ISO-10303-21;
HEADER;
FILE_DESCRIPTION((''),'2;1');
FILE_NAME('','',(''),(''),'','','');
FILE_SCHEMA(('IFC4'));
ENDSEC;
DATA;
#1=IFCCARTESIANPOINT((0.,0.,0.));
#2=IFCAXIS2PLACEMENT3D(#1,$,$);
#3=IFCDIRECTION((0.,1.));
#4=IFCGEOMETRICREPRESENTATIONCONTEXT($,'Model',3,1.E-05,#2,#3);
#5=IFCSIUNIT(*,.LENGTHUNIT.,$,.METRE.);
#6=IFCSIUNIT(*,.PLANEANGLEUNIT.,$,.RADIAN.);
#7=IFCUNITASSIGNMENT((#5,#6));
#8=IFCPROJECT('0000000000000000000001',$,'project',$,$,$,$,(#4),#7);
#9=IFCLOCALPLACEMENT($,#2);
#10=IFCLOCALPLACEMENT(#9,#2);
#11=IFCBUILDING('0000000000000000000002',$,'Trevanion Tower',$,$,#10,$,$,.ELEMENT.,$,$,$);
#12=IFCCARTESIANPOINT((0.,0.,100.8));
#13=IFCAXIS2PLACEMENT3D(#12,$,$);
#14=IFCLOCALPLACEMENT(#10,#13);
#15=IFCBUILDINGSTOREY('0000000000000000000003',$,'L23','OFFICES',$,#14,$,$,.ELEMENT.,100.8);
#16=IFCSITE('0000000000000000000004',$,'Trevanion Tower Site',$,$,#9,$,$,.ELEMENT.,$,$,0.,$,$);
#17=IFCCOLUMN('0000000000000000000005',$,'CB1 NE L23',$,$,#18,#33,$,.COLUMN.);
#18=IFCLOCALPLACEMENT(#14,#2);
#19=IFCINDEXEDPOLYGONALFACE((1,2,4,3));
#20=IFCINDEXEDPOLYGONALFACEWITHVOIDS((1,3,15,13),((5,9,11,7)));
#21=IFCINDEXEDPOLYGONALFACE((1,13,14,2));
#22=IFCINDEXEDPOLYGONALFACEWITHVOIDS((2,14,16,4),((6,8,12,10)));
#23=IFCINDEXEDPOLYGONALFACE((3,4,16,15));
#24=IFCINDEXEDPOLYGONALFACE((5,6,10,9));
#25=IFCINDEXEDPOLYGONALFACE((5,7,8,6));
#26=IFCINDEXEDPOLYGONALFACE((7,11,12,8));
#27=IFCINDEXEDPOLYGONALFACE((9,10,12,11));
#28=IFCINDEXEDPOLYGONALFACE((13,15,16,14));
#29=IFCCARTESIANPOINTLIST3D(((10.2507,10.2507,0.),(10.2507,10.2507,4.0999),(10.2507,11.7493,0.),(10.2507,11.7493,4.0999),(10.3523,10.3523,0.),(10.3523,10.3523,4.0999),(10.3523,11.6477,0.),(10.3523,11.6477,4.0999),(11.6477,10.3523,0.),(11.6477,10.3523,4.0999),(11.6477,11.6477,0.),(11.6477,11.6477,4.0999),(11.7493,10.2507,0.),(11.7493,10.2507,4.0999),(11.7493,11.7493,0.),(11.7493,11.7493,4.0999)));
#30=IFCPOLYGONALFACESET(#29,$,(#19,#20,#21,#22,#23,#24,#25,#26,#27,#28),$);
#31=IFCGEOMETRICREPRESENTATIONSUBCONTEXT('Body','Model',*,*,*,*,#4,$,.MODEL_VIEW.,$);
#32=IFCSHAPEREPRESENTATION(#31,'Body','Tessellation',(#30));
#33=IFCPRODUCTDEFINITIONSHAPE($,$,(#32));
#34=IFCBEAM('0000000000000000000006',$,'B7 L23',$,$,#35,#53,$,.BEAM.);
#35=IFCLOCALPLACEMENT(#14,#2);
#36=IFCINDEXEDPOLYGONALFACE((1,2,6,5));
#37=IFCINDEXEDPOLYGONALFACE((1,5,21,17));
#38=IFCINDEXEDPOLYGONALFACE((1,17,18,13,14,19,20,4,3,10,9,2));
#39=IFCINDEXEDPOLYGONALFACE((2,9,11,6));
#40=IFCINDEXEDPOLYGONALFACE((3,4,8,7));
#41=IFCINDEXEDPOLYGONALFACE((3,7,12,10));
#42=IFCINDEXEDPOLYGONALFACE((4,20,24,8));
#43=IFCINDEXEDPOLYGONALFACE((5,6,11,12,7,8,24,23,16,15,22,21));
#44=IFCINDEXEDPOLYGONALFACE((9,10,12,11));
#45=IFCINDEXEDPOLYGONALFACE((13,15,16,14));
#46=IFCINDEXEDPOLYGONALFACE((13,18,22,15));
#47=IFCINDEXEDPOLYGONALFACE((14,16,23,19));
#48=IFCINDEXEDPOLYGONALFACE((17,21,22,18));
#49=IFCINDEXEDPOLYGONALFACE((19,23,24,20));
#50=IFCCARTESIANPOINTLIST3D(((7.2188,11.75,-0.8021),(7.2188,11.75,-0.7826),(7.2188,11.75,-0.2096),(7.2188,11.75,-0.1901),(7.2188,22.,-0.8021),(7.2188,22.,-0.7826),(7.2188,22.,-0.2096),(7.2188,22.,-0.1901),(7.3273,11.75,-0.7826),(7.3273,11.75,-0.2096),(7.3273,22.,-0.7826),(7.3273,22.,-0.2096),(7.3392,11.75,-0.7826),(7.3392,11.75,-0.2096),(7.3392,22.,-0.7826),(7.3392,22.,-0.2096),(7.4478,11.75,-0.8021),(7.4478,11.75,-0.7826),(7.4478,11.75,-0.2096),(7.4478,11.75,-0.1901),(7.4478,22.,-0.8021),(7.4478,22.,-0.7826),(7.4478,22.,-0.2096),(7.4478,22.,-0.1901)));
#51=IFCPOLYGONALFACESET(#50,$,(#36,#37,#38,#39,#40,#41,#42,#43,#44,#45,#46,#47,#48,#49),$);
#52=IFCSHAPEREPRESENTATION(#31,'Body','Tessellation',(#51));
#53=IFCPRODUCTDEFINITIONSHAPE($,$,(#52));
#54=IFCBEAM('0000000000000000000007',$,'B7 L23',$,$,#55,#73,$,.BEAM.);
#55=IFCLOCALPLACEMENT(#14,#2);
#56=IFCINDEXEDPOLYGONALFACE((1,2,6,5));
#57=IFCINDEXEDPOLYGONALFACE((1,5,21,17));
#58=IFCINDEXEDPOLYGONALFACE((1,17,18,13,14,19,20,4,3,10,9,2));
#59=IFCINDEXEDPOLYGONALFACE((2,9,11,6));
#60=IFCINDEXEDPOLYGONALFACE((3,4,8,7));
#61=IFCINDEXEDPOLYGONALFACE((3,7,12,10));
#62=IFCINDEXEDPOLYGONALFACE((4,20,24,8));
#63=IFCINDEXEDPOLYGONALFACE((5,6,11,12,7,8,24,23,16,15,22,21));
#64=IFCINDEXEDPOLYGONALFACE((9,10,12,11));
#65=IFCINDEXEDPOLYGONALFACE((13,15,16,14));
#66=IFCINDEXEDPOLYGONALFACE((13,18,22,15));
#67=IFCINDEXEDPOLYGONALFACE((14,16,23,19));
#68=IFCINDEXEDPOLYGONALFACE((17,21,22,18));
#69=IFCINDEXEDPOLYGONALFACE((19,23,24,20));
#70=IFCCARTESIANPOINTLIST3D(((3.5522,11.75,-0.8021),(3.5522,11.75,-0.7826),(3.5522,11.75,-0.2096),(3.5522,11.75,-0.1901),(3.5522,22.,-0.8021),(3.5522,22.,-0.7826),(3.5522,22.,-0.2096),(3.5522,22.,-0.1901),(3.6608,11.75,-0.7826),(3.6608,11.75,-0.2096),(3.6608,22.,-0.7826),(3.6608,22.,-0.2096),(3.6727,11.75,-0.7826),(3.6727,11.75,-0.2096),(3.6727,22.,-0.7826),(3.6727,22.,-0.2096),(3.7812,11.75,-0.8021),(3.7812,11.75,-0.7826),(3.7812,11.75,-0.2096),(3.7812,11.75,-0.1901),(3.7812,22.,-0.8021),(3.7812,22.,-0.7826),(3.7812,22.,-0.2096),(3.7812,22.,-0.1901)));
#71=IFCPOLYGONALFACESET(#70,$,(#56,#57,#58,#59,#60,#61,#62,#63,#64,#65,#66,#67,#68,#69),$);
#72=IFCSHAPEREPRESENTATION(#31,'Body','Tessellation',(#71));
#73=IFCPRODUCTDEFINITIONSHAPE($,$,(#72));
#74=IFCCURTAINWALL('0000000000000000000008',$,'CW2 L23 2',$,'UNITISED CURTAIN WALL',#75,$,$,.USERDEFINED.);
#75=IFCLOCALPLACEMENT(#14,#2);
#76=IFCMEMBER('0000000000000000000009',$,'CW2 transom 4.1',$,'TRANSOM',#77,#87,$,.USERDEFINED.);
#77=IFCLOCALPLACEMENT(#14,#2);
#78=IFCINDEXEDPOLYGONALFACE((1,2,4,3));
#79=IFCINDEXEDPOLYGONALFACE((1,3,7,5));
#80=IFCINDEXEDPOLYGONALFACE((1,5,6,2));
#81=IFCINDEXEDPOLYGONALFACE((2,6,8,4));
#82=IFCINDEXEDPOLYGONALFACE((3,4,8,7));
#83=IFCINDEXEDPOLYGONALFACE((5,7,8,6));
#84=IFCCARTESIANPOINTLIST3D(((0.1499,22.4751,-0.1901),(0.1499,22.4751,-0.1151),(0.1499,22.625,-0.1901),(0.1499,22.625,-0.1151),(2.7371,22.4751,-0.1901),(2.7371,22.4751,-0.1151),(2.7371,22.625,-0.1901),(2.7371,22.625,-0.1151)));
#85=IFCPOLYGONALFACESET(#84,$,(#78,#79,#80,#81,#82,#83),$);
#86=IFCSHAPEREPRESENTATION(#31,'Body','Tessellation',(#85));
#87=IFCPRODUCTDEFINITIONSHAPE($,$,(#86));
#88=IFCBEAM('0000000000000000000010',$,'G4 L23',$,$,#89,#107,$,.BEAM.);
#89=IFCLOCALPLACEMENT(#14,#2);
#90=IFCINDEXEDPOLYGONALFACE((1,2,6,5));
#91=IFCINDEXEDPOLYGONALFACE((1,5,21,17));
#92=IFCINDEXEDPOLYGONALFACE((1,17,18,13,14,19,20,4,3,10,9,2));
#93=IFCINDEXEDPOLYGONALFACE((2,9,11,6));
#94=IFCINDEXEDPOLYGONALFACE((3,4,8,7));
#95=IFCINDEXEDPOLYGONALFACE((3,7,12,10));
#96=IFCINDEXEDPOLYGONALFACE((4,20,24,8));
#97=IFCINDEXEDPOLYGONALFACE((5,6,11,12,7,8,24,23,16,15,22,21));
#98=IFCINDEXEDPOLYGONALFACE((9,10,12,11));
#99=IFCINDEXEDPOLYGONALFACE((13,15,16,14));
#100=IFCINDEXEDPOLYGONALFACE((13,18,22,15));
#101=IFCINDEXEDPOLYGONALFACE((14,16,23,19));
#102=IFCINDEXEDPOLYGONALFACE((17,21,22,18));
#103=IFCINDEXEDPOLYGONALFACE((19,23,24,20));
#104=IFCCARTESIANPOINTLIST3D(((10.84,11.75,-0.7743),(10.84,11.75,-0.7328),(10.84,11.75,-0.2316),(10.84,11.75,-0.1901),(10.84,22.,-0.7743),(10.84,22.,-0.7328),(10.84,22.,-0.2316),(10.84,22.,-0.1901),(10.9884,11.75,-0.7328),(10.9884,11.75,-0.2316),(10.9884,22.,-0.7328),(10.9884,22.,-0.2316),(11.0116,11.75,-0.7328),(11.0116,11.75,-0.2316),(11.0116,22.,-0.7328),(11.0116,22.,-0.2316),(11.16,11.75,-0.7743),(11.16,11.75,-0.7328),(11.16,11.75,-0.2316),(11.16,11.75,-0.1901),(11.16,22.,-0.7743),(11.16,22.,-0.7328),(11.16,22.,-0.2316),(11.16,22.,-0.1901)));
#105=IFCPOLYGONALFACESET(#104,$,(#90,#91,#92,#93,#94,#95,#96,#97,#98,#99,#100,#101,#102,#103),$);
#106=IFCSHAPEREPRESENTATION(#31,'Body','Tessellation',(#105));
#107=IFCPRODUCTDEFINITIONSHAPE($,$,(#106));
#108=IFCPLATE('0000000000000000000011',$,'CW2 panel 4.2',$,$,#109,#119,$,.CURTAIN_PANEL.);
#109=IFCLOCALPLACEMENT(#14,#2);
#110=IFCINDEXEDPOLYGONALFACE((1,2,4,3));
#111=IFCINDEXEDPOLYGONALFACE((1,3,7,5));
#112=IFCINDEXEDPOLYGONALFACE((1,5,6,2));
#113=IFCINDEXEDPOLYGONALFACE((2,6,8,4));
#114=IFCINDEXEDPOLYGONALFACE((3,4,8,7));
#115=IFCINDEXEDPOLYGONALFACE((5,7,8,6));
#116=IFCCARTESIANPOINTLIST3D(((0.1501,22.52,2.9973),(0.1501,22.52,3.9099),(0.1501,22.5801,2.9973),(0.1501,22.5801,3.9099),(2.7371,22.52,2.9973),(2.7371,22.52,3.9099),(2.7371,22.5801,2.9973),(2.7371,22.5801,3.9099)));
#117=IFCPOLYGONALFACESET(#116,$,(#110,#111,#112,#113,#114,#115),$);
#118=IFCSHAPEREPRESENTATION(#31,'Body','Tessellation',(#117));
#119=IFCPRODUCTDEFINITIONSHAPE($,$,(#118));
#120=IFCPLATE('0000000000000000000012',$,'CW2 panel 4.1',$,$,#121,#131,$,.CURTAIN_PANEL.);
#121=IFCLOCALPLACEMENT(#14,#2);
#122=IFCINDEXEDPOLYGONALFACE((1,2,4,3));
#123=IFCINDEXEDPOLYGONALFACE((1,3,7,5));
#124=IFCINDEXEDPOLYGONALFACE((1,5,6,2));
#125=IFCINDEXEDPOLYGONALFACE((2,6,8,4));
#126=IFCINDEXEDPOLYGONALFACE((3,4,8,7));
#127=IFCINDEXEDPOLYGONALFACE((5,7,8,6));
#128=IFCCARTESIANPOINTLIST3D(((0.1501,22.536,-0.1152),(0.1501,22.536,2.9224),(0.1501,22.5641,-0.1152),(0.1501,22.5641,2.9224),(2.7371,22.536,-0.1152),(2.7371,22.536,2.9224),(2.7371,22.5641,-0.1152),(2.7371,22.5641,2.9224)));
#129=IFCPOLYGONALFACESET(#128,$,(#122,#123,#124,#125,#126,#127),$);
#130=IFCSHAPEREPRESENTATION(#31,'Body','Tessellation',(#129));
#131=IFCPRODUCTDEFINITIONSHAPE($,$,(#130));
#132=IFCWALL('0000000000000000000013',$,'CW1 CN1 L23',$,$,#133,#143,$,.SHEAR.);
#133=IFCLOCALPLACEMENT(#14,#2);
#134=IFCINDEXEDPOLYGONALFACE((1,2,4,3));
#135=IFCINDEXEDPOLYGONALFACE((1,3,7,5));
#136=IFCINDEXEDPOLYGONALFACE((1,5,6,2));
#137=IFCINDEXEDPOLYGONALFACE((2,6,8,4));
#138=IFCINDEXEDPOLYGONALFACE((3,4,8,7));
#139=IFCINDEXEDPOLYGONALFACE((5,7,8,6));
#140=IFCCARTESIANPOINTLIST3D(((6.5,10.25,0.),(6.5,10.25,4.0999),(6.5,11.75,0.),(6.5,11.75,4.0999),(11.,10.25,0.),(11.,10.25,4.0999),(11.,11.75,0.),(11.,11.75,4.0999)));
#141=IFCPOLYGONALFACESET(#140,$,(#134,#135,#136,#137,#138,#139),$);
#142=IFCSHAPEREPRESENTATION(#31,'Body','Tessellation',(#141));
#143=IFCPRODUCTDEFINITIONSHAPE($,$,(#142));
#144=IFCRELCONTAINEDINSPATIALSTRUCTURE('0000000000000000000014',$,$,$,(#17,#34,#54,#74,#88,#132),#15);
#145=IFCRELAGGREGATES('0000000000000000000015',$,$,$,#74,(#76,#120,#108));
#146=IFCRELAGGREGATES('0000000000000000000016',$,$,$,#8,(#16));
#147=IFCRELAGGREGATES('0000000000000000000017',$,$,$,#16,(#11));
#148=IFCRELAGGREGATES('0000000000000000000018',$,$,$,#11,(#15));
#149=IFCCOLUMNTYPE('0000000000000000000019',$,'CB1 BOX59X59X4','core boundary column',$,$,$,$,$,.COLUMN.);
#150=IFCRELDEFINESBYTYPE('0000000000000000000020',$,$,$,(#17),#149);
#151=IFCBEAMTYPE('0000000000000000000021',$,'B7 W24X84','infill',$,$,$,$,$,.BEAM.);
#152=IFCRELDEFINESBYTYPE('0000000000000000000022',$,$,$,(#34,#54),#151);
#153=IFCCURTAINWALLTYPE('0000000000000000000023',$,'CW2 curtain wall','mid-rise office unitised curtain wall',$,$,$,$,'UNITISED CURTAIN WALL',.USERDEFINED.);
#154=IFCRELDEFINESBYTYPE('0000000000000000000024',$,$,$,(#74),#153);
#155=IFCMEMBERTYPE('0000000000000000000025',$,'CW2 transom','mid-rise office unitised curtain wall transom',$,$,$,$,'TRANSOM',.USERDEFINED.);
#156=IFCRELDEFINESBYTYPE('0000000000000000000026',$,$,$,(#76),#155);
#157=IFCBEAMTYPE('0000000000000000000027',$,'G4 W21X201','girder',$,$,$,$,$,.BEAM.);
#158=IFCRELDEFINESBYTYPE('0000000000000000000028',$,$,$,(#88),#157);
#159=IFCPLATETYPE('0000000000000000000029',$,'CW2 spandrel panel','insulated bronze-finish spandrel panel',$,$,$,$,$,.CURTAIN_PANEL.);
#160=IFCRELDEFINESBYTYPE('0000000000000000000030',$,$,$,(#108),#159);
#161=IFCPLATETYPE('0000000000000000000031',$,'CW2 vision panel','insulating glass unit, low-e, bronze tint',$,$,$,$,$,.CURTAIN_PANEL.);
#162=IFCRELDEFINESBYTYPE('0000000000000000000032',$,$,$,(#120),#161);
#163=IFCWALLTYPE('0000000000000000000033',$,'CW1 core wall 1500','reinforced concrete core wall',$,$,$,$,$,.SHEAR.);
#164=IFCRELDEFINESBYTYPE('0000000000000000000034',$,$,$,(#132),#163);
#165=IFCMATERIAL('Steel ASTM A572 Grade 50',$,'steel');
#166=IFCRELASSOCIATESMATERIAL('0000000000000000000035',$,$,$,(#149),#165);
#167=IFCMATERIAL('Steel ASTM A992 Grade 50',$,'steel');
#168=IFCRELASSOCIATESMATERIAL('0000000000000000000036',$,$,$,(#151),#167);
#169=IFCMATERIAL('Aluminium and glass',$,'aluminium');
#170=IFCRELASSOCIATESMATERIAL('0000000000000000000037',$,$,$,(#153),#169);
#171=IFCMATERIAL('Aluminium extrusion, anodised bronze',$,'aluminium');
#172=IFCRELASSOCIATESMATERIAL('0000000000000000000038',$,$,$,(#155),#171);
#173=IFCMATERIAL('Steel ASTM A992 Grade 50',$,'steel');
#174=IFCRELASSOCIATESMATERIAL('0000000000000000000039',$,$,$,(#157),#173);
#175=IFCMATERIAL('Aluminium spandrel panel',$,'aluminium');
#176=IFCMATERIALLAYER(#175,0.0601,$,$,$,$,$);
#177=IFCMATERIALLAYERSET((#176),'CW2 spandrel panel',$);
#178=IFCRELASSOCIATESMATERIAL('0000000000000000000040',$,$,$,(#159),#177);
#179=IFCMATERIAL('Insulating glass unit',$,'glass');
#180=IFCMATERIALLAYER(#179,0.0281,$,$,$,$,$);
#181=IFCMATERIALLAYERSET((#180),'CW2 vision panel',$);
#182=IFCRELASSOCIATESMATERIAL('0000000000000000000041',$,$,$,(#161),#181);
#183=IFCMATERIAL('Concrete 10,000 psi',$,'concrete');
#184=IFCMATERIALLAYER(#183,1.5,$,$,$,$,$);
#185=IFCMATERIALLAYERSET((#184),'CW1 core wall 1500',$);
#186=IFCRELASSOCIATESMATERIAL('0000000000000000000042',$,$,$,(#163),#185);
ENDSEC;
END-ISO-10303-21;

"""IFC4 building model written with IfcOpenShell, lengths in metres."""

from ifc_helpers import new_model, si_unit, direction, frame, frame_2d, origin, origin_2d, place, context, subcontext, project, spatial, rectangle, hollow_rectangle, i_section, extrude, material, layer, layer_set, material_profile, profile_set, type_object, element, aggregate, save


model = new_model("IFC4")

# Units and contexts
model_context = context("Model", 3, precision=1e-05, world=origin(), true_north=direction((0.0, 1.0)))
body_context = subcontext(model_context, "Body", "Model", "MODEL_VIEW")
ifc_project = project(units=[si_unit("LENGTHUNIT", "METRE"), si_unit("PLANEANGLEUNIT", "RADIAN")], contexts=[model_context])

# Site, building, storey
site_placement = place(None, origin())
site = spatial("IfcSite", under=ifc_project, at=site_placement, Name="Trevanion Tower Site", CompositionType="ELEMENT", RefElevation=0.0)
building_placement = place(site_placement, origin())
building = spatial("IfcBuilding", under=site, at=building_placement, Name="Trevanion Tower", CompositionType="ELEMENT")
storey_placement = place(building_placement, frame((0.0, 0.0, 100.8)))
storey = spatial("IfcBuildingStorey", under=building, at=storey_placement, Name="L23", Description="OFFICES", CompositionType="ELEMENT", Elevation=100.8)

# Column
ifc_material_1 = material(Name="Steel ASTM A572 Grade 50", Category="steel")
ifc_material_profile_1 = material_profile(ifc_material_1, hollow_rectangle(XDim=1.4985, YDim=1.4985, WallThickness=0.1016, at=origin_2d()), Name="BOX59X59X4")
ifc_profile_set_1 = profile_set([ifc_material_profile_1], Name="Steel ASTM A572 Grade 50")
column_type = type_object("IfcColumnType", Name="CB1 BOX59X59X4", Description="core boundary column", PredefinedType="COLUMN", material=ifc_profile_set_1)
column_placement = place(storey_placement, frame((11.0, 11.0, 0.0), z_axis=(0.0, 0.0, 1.0), x_axis=(1.0, 0.0, 0.0)))
element("IfcColumn", 1, at=column_placement, inside=storey, type_object=column_type, Name="CB1 NE L23", PredefinedType="COLUMN", context=body_context, shape_type="SweptSolid", body=[
    extrude(hollow_rectangle(XDim=1.4985, YDim=1.4985, WallThickness=0.1016, at=origin_2d()), origin(), (0.0, 0.0, 1.0), 4.0999),
])

# Beams
ifc_material_2 = material(Name="Steel ASTM A992 Grade 50", Category="steel")
ifc_material_profile_2 = material_profile(ifc_material_2, i_section(OverallWidth=0.229, OverallDepth=0.6121, WebThickness=0.012, FlangeThickness=0.0195, at=origin_2d()), Name="W24X84")
ifc_profile_set_2 = profile_set([ifc_material_profile_2], Name="Steel ASTM A992 Grade 50")
beam_type_1 = type_object("IfcBeamType", Name="B7 W24X84", Description="infill", PredefinedType="BEAM", material=ifc_profile_set_2)
for number, where, z_axis, x_axis, name in (
    (2, (7.3333, 11.75, -0.4961), (0.0, 1.0, 0.0), (-1.0, 0.0, 0.0), "B7 L23"),
    (3, (3.6667, 11.75, -0.4961), (0.0, 1.0, 0.0), (-1.0, 0.0, 0.0), "B7 L23"),
):
    element("IfcBeam", number, at=place(storey_placement, frame(where, z_axis=z_axis, x_axis=x_axis)), inside=storey, type_object=beam_type_1, Name=name, PredefinedType="BEAM", context=body_context, shape_type="SweptSolid", body=[
        extrude(i_section(OverallWidth=0.229, OverallDepth=0.6121, WebThickness=0.012, FlangeThickness=0.0195, at=origin_2d()), origin(), (0.0, 0.0, 1.0), 10.25),
    ])

# Curtain wall, member
ifc_material_3 = material(Name="Aluminium and glass", Category="aluminium")
curtain_wall_type = type_object("IfcCurtainWallType", Name="CW2 curtain wall", Description="mid-rise office unitised curtain wall", ElementType="UNITISED CURTAIN WALL", PredefinedType="USERDEFINED", material=ifc_material_3)
curtain_wall_placement = place(storey_placement, origin())
curtain_wall = element("IfcCurtainWall", 4, at=curtain_wall_placement, inside=storey, type_object=curtain_wall_type, Name="CW2 L23 2", ObjectType="UNITISED CURTAIN WALL", PredefinedType="USERDEFINED")
ifc_material_4 = material(Name="Aluminium extrusion, anodised bronze", Category="aluminium")
ifc_material_profile_3 = material_profile(ifc_material_4, rectangle(XDim=0.1499, YDim=0.075, at=origin_2d()), Name="CW2 transom")
ifc_profile_set_3 = profile_set([ifc_material_profile_3], Name="Aluminium extrusion, anodised bronze")
member_type = type_object("IfcMemberType", Name="CW2 transom", Description="mid-rise office unitised curtain wall transom", ElementType="TRANSOM", PredefinedType="USERDEFINED", material=ifc_profile_set_3)
member_placement = place(storey_placement, frame((2.7371, 22.55, -0.1526), z_axis=(-1.0, 0.0, 0.0), x_axis=(0.0, -1.0, 0.0)))
member = element("IfcMember", 5, at=member_placement, type_object=member_type, Name="CW2 transom 4.1", ObjectType="TRANSOM", PredefinedType="USERDEFINED", context=body_context, shape_type="SweptSolid", body=[
    extrude(rectangle(XDim=0.1499, YDim=0.075, at=origin_2d()), origin(), (0.0, 0.0, 1.0), 2.5872),
])

# Beam
ifc_material_5 = material(Name="Steel ASTM A992 Grade 50", Category="steel")
ifc_material_profile_4 = material_profile(ifc_material_5, i_section(OverallWidth=0.3201, OverallDepth=0.5842, WebThickness=0.0232, FlangeThickness=0.0415, at=origin_2d()), Name="W21X201")
ifc_profile_set_4 = profile_set([ifc_material_profile_4], Name="Steel ASTM A992 Grade 50")
beam_type_2 = type_object("IfcBeamType", Name="G4 W21X201", Description="girder", PredefinedType="BEAM", material=ifc_profile_set_4)
beam_placement = place(storey_placement, frame((11.0, 11.75, -0.4822), z_axis=(0.0, 1.0, 0.0), x_axis=(-1.0, 0.0, 0.0)))
element("IfcBeam", 6, at=beam_placement, inside=storey, type_object=beam_type_2, Name="G4 L23", PredefinedType="BEAM", context=body_context, shape_type="SweptSolid", body=[
    extrude(i_section(OverallWidth=0.3201, OverallDepth=0.5842, WebThickness=0.0232, FlangeThickness=0.0415, at=origin_2d()), origin(), (0.0, 0.0, 1.0), 10.25),
])

# Plates
ifc_material_6 = material(Name="Aluminium spandrel panel", Category="aluminium")
ifc_layer_1 = layer(ifc_material_6, 0.0601)
ifc_layer_set_1 = layer_set([ifc_layer_1], Name="CW2 spandrel panel")
plate_type_1 = type_object("IfcPlateType", Name="CW2 spandrel panel", Description="insulated bronze-finish spandrel panel", PredefinedType="CURTAIN_PANEL", material=ifc_layer_set_1)
plate_1_placement = place(storey_placement, frame((1.4436, 22.55, 2.9973), z_axis=(0.0, 0.0, 1.0), x_axis=(-1.0, 0.0, 0.0)))
plate_1 = element("IfcPlate", 7, at=plate_1_placement, type_object=plate_type_1, Name="CW2 panel 4.2", PredefinedType="CURTAIN_PANEL", context=body_context, shape_type="SweptSolid", body=[
    extrude(rectangle(XDim=2.5869, YDim=0.0601, at=origin_2d()), origin(), (0.0, 0.0, 1.0), 0.9126),
])
ifc_material_7 = material(Name="Insulating glass unit", Category="glass")
ifc_layer_2 = layer(ifc_material_7, 0.0281)
ifc_layer_set_2 = layer_set([ifc_layer_2], Name="CW2 vision panel")
plate_type_2 = type_object("IfcPlateType", Name="CW2 vision panel", Description="insulating glass unit, low-e, bronze tint", PredefinedType="CURTAIN_PANEL", material=ifc_layer_set_2)
plate_2_placement = place(storey_placement, frame((1.4436, 22.55, -0.1152), z_axis=(0.0, 0.0, 1.0), x_axis=(-1.0, 0.0, 0.0)))
plate_2 = element("IfcPlate", 8, at=plate_2_placement, type_object=plate_type_2, Name="CW2 panel 4.1", PredefinedType="CURTAIN_PANEL", context=body_context, shape_type="SweptSolid", body=[
    extrude(rectangle(XDim=2.5869, YDim=0.0281, at=origin_2d()), origin(), (0.0, 0.0, 1.0), 3.0376),
])
aggregate(curtain_wall, [member, plate_2, plate_1])

# Wall
ifc_material_8 = material(Name="Concrete 10,000 psi", Category="concrete")
ifc_layer_3 = layer(ifc_material_8, 1.5)
ifc_layer_set_3 = layer_set([ifc_layer_3], Name="CW1 core wall 1500")
wall_type_1 = type_object("IfcWallType", Name="CW1 core wall 1500", Description="reinforced concrete core wall", PredefinedType="SHEAR", material=ifc_layer_set_3)
wall_1_placement = place(storey_placement, frame((11.0, 11.0, 0.0), z_axis=(0.0, 0.0, 1.0), x_axis=(-1.0, 0.0, 0.0)))
element("IfcWall", 9, at=wall_1_placement, inside=storey, type_object=wall_type_1, Name="CW1 CN1 L23", PredefinedType="SHEAR", context=body_context, shape_type="SweptSolid", body=[
    extrude(rectangle(XDim=4.5, YDim=1.5, at=frame_2d((2.25, 0.0))), origin(), (0.0, 0.0, 1.0), 4.0999),
])

save(model, "model.ifc")
